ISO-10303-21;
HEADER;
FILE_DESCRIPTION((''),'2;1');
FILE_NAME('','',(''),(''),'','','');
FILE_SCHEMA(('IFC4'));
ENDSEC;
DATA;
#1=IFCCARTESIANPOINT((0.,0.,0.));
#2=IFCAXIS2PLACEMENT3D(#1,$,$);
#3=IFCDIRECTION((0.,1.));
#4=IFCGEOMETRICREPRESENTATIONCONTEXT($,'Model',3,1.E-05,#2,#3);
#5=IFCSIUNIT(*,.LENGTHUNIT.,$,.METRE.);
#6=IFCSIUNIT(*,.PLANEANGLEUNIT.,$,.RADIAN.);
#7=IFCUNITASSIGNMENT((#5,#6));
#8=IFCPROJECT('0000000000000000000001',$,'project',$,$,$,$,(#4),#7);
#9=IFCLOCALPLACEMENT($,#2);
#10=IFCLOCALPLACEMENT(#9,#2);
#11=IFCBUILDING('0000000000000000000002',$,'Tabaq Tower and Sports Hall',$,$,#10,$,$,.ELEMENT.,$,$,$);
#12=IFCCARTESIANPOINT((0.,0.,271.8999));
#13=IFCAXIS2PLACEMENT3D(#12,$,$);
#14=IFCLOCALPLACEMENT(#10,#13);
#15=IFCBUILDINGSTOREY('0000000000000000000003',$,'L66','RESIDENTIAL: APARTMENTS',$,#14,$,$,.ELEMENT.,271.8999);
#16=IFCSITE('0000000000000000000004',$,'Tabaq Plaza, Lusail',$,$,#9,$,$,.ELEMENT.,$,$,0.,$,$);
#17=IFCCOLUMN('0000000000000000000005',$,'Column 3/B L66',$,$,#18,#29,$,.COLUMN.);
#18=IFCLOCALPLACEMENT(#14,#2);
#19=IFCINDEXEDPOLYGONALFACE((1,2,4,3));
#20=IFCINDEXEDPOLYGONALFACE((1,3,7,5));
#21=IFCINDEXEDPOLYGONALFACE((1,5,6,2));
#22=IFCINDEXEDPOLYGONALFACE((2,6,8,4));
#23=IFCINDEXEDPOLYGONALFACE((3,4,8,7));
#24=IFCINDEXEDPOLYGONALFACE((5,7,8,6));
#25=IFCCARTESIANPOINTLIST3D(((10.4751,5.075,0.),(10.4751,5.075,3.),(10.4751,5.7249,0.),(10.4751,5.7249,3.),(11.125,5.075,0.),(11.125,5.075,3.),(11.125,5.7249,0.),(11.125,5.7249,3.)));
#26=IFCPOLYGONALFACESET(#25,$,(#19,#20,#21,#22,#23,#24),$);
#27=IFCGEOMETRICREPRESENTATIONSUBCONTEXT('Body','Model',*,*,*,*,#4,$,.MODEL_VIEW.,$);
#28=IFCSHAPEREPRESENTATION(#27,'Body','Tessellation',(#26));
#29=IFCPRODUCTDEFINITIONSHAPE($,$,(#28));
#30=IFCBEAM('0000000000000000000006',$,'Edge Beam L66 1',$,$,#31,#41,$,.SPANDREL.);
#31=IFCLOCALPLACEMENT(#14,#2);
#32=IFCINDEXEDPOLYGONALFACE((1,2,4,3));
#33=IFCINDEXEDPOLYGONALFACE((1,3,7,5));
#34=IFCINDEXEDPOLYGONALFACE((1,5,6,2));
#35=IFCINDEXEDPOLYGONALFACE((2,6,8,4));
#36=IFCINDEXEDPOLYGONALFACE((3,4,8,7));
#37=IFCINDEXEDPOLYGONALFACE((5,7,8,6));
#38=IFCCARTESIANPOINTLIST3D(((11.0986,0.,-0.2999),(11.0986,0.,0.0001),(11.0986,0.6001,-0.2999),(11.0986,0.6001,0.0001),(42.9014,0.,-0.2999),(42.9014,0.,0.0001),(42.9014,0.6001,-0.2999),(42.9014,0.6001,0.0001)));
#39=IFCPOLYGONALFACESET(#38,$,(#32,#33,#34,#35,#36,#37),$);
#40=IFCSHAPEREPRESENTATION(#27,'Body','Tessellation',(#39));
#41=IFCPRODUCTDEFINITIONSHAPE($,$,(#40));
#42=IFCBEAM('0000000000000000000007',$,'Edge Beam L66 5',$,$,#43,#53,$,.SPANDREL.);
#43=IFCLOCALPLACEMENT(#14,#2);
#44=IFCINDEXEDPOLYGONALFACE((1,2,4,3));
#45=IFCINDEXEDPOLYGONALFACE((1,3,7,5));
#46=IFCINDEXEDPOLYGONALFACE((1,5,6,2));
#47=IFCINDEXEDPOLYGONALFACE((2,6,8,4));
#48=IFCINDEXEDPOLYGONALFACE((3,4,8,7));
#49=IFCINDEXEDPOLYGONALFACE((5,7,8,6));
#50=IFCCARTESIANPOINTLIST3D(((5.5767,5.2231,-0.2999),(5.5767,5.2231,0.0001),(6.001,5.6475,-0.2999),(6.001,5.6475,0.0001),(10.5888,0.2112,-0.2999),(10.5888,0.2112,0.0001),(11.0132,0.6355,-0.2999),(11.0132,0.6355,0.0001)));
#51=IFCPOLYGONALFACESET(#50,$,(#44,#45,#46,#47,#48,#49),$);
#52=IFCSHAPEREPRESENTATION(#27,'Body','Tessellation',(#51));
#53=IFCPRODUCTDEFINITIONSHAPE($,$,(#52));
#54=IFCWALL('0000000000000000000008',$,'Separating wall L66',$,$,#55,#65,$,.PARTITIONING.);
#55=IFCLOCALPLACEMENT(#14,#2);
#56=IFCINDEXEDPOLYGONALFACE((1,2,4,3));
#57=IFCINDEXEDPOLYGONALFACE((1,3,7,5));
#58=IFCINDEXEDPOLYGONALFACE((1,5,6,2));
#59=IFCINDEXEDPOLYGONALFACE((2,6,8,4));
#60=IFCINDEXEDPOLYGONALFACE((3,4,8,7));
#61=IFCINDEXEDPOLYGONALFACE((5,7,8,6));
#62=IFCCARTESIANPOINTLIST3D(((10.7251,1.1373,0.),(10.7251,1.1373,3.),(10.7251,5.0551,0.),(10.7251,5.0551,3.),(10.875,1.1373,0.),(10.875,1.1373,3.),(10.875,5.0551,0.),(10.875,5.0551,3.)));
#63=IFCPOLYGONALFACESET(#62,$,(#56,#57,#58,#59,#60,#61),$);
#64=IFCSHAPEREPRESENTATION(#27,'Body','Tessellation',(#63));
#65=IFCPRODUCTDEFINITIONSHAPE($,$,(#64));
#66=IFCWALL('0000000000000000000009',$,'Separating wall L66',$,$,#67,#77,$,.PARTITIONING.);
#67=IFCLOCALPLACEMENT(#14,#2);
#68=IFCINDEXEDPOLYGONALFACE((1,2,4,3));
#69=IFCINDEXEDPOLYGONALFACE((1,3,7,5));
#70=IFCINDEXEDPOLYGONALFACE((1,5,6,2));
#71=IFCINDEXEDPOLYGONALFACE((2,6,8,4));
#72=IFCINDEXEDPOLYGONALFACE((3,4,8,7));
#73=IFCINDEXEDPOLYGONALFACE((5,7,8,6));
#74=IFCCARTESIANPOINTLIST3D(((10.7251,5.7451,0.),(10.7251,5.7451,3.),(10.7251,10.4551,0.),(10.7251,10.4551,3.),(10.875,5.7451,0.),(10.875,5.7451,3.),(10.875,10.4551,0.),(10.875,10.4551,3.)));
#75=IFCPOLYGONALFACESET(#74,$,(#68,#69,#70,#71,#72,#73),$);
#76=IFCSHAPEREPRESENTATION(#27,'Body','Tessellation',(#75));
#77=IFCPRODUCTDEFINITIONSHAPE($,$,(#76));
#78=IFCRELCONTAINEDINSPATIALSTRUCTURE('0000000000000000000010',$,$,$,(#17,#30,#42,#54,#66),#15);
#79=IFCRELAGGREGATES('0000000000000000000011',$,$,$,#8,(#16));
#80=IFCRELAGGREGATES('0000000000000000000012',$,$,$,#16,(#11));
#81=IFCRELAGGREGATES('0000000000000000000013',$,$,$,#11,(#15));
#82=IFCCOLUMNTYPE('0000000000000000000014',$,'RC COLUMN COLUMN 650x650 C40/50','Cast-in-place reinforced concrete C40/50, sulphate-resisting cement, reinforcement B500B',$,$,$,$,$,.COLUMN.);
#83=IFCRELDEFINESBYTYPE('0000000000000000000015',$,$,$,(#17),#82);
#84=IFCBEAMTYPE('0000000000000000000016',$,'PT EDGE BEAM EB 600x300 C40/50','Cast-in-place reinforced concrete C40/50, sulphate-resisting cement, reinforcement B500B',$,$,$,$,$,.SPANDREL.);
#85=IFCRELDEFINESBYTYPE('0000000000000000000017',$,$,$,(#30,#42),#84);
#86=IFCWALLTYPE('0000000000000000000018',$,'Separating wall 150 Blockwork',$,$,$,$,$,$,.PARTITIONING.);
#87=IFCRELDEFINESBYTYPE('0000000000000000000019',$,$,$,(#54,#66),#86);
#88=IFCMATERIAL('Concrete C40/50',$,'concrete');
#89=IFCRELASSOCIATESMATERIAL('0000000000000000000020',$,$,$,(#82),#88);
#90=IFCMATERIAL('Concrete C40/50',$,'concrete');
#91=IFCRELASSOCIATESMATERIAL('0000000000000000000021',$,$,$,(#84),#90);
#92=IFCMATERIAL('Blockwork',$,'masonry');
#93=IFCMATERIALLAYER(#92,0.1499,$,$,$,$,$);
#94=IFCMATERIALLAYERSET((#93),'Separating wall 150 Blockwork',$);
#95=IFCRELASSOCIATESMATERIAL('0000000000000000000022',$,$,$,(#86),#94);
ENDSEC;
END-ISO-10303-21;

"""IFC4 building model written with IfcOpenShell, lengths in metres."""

from ifc_helpers import new_model, si_unit, direction, frame, frame_2d, origin, origin_2d, place, context, subcontext, project, spatial, rectangle, extrude, material, layer, layer_set, material_profile, profile_set, type_object, element, save


model = new_model("IFC4")

# Units and contexts
model_context = context("Model", 3, precision=1e-05, world=origin(), true_north=direction((0.0, 1.0)))
body_context = subcontext(model_context, "Body", "Model", "MODEL_VIEW")
ifc_project = project(units=[si_unit("LENGTHUNIT", "METRE"), si_unit("PLANEANGLEUNIT", "RADIAN")], contexts=[model_context])

# Site, building, storey
site_placement = place(None, origin())
site = spatial("IfcSite", under=ifc_project, at=site_placement, Name="Tabaq Plaza, Lusail", CompositionType="ELEMENT", RefElevation=0.0)
building_placement = place(site_placement, origin())
building = spatial("IfcBuilding", under=site, at=building_placement, Name="Tabaq Tower and Sports Hall", CompositionType="ELEMENT")
storey_placement = place(building_placement, frame((0.0, 0.0, 271.8999)))
storey = spatial("IfcBuildingStorey", under=building, at=storey_placement, Name="L66", Description="RESIDENTIAL: APARTMENTS", CompositionType="ELEMENT", Elevation=271.8999)

# Column
ifc_material_1 = material(Name="Concrete C40/50", Category="concrete")
ifc_material_profile_1 = material_profile(ifc_material_1, rectangle(XDim=0.6499, YDim=0.6499, at=origin_2d()), Name="COLUMN 650x650")
ifc_profile_set_1 = profile_set([ifc_material_profile_1], Name="Concrete C40/50")
column_type = type_object("IfcColumnType", Name="RC COLUMN COLUMN 650x650 C40/50", Description="Cast-in-place reinforced concrete C40/50, sulphate-resisting cement, reinforcement B500B", PredefinedType="COLUMN", material=ifc_profile_set_1)
column_placement = place(storey_placement, frame((10.8, 5.3999, 0.0), z_axis=(0.0, 0.0, 1.0), x_axis=(1.0, 0.0, 0.0)))
element("IfcColumn", 1, at=column_placement, inside=storey, type_object=column_type, Name="Column 3/B L66", PredefinedType="COLUMN", context=body_context, shape_type="SweptSolid", body=[
    extrude(rectangle(XDim=0.6499, YDim=0.6499, at=origin_2d()), origin(), (0.0, 0.0, 1.0), 3.0),
])

# Beams
ifc_material_2 = material(Name="Concrete C40/50", Category="concrete")
ifc_material_profile_2 = material_profile(ifc_material_2, rectangle(XDim=0.6001, YDim=0.3, at=origin_2d()), Name="EB 600x300")
ifc_profile_set_2 = profile_set([ifc_material_profile_2], Name="Concrete C40/50")
beam_type = type_object("IfcBeamType", Name="PT EDGE BEAM EB 600x300 C40/50", Description="Cast-in-place reinforced concrete C40/50, sulphate-resisting cement, reinforcement B500B", PredefinedType="SPANDREL", material=ifc_profile_set_2)
beam_1_placement = place(storey_placement, frame((11.0986, 0.3, -0.1499), z_axis=(1.0, 0.0, 0.0), x_axis=(0.0, 1.0, 0.0)))
element("IfcBeam", 2, at=beam_1_placement, inside=storey, type_object=beam_type, Name="Edge Beam L66 1", PredefinedType="SPANDREL", context=body_context, shape_type="SweptSolid", body=[
    extrude(rectangle(XDim=0.6001, YDim=0.3, at=origin_2d()), origin(), (0.0, 0.0, 1.0), 31.8027),
])
beam_2_placement = place(storey_placement, frame((5.7888, 5.4353, -0.1499), z_axis=(0.707124, -0.70709, 0.0), x_axis=(0.70709, 0.707124, 0.0)))
element("IfcBeam", 3, at=beam_2_placement, inside=storey, type_object=beam_type, Name="Edge Beam L66 5", PredefinedType="SPANDREL", context=body_context, shape_type="SweptSolid", body=[
    extrude(rectangle(XDim=0.6001, YDim=0.3, at=origin_2d()), origin(), (0.0, 0.0, 1.0), 7.0881),
])

# Walls
ifc_material_3 = material(Name="Blockwork", Category="masonry")
ifc_layer_1 = layer(ifc_material_3, 0.1499)
ifc_layer_set_1 = layer_set([ifc_layer_1], Name="Separating wall 150 Blockwork")
wall_type_1 = type_object("IfcWallType", Name="Separating wall 150 Blockwork", PredefinedType="PARTITIONING", material=ifc_layer_set_1)
wall_1_placement = place(storey_placement, frame((10.8, 1.1372, 0.0), z_axis=(0.0, 0.0, 1.0), x_axis=(0.0, 1.0, 0.0)))
element("IfcWall", 4, at=wall_1_placement, inside=storey, type_object=wall_type_1, Name="Separating wall L66", PredefinedType="PARTITIONING", context=body_context, shape_type="SweptSolid", body=[
    extrude(rectangle(XDim=3.9177, YDim=0.1499, at=frame_2d((1.959, 0.0))), origin(), (0.0, 0.0, 1.0), 3.0),
])
wall_2_placement = place(storey_placement, frame((10.8, 5.7451, 0.0), z_axis=(0.0, 0.0, 1.0), x_axis=(0.0, 1.0, 0.0)))
element("IfcWall", 5, at=wall_2_placement, inside=storey, type_object=wall_type_1, Name="Separating wall L66", PredefinedType="PARTITIONING", context=body_context, shape_type="SweptSolid", body=[
    extrude(rectangle(XDim=4.71, YDim=0.1499, at=frame_2d((2.355, 0.0))), origin(), (0.0, 0.0, 1.0), 3.0),
])

save(model, "model.ifc")
